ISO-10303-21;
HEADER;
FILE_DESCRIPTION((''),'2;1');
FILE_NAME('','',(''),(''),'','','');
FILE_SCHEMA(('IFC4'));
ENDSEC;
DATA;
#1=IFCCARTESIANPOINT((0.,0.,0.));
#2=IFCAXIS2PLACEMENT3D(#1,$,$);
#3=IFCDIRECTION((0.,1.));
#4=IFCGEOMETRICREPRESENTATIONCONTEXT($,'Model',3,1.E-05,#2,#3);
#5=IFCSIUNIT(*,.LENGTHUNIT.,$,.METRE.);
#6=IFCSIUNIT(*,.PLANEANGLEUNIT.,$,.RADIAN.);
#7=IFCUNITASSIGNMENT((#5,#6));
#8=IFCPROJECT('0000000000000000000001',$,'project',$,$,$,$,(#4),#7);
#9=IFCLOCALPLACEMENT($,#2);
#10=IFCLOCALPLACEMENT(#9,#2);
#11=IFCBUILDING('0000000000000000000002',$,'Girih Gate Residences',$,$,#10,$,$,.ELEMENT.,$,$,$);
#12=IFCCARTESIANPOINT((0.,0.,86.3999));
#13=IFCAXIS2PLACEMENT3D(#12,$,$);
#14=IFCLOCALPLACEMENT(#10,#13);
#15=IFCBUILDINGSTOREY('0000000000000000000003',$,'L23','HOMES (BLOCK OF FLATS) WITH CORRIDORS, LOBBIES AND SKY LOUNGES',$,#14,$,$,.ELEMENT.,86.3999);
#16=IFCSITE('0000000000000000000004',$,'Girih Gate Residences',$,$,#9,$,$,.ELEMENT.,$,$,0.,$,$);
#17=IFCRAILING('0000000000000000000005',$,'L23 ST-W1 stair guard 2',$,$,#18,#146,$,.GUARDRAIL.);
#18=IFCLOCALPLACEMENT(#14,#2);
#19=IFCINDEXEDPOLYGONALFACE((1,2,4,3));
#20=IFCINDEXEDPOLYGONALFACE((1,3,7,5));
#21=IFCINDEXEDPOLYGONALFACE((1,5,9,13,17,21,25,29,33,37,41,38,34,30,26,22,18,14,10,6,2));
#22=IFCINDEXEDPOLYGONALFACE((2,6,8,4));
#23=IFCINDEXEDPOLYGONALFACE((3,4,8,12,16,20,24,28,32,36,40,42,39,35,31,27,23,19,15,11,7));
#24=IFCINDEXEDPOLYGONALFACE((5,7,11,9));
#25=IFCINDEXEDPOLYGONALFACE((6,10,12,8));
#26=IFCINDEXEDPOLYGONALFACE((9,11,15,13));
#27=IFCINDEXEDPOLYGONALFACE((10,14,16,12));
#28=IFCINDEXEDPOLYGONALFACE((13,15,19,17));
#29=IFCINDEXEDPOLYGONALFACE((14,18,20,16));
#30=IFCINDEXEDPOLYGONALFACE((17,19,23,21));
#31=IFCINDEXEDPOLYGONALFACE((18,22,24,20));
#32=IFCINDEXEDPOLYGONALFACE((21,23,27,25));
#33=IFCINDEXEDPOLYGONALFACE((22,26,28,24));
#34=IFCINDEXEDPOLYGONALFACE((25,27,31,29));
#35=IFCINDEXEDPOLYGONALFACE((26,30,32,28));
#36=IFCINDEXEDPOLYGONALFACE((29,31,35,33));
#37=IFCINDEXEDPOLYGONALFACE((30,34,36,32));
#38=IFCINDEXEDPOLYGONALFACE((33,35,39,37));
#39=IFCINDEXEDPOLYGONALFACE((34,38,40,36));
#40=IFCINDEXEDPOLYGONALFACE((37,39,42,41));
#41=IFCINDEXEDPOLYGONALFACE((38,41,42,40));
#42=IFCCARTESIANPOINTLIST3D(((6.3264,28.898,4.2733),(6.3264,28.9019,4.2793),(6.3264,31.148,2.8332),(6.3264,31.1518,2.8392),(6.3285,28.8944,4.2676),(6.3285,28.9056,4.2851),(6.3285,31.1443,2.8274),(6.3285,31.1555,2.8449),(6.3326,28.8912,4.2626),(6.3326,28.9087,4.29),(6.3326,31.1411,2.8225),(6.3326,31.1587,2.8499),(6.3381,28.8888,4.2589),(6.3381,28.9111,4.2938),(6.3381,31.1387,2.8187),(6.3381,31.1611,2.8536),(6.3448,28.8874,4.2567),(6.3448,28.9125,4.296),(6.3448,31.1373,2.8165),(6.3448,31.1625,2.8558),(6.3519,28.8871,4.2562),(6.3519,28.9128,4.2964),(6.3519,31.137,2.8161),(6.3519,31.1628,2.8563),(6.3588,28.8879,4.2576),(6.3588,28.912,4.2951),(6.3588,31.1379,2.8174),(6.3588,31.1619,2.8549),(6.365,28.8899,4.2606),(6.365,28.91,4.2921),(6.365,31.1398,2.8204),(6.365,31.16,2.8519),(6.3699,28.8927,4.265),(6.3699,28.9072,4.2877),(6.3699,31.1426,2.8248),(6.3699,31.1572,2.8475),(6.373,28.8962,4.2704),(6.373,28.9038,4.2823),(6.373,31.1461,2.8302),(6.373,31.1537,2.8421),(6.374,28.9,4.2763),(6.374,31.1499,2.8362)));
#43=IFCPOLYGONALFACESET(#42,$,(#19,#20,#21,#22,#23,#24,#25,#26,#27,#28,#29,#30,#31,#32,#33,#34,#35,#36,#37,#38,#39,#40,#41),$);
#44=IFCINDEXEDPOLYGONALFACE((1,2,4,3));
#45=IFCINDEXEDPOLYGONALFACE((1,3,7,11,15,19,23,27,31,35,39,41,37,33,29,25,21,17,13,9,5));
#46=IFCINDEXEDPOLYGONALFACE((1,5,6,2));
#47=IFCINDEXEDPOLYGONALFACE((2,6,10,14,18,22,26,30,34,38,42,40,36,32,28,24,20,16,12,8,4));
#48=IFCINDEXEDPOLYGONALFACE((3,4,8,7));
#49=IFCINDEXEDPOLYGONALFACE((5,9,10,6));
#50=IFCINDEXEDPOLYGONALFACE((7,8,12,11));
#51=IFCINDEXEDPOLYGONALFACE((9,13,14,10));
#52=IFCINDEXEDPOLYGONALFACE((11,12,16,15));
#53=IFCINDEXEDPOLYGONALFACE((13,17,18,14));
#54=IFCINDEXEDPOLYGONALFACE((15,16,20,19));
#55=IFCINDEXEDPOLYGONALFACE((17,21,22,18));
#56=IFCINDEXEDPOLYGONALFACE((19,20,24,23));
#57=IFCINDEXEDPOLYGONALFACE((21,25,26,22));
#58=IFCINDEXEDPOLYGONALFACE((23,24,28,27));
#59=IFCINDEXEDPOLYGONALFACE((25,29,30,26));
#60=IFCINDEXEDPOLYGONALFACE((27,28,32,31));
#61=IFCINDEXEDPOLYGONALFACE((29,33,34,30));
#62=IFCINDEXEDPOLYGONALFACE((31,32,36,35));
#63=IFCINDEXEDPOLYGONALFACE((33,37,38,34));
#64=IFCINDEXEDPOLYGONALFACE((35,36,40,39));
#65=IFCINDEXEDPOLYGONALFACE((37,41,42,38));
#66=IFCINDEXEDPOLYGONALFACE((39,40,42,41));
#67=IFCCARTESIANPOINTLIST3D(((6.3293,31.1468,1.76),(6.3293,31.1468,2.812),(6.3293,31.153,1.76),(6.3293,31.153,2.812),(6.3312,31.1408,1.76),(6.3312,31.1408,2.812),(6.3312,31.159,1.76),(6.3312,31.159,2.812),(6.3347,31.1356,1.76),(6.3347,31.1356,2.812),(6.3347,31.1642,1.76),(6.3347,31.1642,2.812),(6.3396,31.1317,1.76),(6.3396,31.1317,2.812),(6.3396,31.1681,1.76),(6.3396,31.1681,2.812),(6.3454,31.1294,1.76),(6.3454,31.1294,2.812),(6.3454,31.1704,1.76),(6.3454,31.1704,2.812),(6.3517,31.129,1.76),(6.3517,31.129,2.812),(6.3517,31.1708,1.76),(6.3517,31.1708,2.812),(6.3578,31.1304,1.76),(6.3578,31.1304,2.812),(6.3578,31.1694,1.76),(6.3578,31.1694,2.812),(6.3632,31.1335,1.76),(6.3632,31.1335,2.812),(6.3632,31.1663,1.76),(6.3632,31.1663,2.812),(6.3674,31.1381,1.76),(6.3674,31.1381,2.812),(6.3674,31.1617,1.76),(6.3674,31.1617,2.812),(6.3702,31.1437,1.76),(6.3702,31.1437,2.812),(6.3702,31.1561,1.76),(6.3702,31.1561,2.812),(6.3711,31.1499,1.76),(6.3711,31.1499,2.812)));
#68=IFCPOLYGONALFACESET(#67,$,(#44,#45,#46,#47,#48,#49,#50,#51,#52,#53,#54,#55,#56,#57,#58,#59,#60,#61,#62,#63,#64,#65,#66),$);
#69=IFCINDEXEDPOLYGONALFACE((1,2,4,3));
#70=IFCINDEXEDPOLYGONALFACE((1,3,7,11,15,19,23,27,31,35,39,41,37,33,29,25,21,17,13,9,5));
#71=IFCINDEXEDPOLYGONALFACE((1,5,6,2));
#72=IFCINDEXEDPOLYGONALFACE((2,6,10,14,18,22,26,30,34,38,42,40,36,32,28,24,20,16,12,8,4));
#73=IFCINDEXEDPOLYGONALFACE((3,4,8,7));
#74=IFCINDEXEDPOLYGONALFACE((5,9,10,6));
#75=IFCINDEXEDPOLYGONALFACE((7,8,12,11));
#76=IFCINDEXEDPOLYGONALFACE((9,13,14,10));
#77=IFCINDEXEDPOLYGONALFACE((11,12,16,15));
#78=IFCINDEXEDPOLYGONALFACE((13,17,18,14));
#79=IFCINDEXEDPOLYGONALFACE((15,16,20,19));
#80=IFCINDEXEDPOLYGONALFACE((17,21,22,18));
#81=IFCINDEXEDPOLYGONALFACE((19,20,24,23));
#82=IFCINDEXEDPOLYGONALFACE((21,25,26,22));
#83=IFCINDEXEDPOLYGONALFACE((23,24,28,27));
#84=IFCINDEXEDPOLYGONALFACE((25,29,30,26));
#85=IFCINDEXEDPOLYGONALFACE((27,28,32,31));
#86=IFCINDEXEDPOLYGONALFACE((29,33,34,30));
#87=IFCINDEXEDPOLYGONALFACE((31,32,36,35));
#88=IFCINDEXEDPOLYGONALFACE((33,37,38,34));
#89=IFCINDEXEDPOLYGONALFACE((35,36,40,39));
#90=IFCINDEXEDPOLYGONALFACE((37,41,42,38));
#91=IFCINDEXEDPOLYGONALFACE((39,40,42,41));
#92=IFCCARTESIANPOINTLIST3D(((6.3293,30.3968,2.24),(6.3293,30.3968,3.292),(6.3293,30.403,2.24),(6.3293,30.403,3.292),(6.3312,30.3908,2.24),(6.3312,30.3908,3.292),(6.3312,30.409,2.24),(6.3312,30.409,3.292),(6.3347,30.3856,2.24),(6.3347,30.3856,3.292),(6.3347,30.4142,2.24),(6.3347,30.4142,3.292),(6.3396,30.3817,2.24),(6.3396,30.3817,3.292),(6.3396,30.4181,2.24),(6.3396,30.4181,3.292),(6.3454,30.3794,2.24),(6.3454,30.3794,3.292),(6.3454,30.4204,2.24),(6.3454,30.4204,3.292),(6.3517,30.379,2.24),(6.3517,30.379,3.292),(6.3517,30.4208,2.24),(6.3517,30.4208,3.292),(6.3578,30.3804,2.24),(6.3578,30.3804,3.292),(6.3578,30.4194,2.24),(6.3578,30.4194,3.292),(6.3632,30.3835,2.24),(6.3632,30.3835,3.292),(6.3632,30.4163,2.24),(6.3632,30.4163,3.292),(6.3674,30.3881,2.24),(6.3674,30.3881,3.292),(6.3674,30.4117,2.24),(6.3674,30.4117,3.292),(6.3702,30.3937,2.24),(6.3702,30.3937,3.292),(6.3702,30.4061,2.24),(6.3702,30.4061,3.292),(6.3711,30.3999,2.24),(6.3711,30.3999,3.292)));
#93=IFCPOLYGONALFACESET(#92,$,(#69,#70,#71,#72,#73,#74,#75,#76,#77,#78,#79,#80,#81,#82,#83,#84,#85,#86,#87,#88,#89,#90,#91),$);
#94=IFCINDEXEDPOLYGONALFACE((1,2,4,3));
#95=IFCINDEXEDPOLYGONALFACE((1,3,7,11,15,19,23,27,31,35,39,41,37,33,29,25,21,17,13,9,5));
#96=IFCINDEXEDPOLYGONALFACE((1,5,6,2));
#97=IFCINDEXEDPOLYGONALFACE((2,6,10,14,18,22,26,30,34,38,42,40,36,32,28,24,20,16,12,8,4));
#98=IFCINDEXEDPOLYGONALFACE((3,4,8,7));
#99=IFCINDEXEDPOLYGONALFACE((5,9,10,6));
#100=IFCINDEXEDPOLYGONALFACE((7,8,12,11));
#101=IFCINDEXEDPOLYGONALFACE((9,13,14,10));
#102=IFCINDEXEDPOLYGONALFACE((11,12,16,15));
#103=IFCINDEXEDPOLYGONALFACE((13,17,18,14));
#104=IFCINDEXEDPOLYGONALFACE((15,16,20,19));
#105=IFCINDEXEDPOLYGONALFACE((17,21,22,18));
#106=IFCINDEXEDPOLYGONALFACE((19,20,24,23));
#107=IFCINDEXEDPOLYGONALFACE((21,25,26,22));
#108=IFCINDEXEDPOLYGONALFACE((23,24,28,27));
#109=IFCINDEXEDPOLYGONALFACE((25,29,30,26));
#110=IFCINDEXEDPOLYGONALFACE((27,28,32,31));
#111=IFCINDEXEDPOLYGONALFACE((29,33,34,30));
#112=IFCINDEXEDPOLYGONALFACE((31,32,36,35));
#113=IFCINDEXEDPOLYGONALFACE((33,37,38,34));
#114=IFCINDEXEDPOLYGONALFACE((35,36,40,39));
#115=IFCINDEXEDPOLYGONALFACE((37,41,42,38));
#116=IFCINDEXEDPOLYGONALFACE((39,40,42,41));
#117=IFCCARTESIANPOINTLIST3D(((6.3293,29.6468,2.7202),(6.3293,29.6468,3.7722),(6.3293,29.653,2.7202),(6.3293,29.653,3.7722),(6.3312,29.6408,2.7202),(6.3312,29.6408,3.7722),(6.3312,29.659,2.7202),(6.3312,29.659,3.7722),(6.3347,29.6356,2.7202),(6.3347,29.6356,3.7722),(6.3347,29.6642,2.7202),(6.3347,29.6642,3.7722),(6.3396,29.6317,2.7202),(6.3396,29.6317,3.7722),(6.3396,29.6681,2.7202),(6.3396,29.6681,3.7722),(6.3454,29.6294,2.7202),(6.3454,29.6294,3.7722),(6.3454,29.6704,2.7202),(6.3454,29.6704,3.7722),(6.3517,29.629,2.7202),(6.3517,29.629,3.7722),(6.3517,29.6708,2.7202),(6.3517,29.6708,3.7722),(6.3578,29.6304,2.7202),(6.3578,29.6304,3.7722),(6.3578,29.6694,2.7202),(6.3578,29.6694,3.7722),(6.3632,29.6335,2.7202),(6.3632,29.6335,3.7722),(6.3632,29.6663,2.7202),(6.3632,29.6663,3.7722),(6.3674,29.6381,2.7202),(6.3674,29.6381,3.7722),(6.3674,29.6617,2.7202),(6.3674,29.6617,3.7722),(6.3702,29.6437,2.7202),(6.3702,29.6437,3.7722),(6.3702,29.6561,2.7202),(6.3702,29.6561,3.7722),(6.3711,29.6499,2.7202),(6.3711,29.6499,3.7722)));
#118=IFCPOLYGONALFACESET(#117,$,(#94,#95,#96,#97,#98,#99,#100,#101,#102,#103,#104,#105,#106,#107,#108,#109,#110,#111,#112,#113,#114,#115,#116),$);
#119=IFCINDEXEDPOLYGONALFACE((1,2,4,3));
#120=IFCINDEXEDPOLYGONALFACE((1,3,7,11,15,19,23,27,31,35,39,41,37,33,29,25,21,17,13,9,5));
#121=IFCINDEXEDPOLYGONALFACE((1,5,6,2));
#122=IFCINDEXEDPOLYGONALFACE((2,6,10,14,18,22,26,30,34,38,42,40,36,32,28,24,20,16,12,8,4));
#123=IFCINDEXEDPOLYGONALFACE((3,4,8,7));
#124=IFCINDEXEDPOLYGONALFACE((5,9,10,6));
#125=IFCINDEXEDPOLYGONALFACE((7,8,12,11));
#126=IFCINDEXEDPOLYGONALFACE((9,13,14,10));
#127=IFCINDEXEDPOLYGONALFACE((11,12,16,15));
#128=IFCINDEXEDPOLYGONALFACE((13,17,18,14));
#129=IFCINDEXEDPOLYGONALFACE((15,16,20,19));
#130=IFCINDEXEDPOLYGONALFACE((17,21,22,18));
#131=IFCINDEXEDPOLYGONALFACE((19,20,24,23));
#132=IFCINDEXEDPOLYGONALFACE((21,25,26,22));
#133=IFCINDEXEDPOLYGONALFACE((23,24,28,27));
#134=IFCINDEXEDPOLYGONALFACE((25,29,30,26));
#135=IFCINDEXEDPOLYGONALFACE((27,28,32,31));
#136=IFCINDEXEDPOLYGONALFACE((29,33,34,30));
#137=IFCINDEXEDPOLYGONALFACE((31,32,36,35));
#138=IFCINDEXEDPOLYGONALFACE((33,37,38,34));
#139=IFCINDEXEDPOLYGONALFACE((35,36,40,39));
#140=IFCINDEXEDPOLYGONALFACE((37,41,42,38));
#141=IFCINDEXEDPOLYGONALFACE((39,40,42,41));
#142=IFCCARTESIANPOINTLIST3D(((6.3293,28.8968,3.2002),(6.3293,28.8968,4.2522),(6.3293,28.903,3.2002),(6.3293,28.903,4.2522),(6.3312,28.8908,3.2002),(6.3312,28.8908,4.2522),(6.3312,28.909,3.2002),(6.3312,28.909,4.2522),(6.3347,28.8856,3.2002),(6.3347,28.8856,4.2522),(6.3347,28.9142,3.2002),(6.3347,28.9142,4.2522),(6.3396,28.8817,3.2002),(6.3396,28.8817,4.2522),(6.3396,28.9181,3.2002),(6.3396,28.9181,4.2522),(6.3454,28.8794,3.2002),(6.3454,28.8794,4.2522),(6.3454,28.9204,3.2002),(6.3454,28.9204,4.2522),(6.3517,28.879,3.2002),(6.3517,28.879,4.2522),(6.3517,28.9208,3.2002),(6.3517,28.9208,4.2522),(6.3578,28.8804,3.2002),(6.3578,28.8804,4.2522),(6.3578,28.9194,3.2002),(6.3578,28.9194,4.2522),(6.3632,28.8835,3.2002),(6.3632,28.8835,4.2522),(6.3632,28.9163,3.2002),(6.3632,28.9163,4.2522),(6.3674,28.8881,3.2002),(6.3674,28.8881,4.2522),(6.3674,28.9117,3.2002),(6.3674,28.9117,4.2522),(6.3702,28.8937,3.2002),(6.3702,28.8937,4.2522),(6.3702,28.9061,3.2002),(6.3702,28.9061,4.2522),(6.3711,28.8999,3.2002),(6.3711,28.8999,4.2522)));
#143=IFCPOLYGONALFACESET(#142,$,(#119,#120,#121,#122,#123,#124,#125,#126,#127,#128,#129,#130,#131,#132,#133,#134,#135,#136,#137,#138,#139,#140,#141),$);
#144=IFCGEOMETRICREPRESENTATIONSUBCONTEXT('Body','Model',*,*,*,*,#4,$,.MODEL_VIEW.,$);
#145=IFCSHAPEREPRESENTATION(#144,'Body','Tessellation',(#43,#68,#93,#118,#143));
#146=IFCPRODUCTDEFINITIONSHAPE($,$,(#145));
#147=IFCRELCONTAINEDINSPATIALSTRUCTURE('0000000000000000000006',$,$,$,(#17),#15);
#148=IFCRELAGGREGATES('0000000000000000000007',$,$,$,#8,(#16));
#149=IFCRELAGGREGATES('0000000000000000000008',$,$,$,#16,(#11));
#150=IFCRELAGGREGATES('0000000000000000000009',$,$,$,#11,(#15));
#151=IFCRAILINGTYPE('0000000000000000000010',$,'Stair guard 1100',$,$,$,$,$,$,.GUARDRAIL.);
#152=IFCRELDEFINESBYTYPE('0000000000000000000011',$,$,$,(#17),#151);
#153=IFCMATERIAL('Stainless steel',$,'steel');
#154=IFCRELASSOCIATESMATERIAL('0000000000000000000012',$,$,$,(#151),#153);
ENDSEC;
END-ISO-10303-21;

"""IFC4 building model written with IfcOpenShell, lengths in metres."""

from ifc_helpers import new_model, si_unit, direction, frame, origin, origin_2d, place, context, subcontext, project, spatial, circle, extrude, material, type_object, element, save


model = new_model("IFC4")

# Units and contexts
model_context = context("Model", 3, precision=1e-05, world=origin(), true_north=direction((0.0, 1.0)))
body_context = subcontext(model_context, "Body", "Model", "MODEL_VIEW")
ifc_project = project(units=[si_unit("LENGTHUNIT", "METRE"), si_unit("PLANEANGLEUNIT", "RADIAN")], contexts=[model_context])

# Site, building, storey
site_placement = place(None, origin())
site = spatial("IfcSite", under=ifc_project, at=site_placement, Name="Girih Gate Residences", CompositionType="ELEMENT", RefElevation=0.0)
building_placement = place(site_placement, origin())
building = spatial("IfcBuilding", under=site, at=building_placement, Name="Girih Gate Residences", CompositionType="ELEMENT")
storey_placement = place(building_placement, frame((0.0, 0.0, 86.3999)))
storey = spatial("IfcBuildingStorey", under=building, at=storey_placement, Name="L23", Description="HOMES (BLOCK OF FLATS) WITH CORRIDORS, LOBBIES AND SKY LOUNGES", CompositionType="ELEMENT", Elevation=86.3999)

# Shared definitions
ifc_material_1 = material(Name="Stainless steel", Category="steel")

# Railing
railing_type = type_object("IfcRailingType", Name="Stair guard 1100", PredefinedType="GUARDRAIL", material=ifc_material_1)
railing_placement = place(storey_placement, frame((6.3501, 31.1499, 1.76)))
element("IfcRailing", 1, at=railing_placement, inside=storey, type_object=railing_type, Name="L23 ST-W1 stair guard 2", PredefinedType="GUARDRAIL", context=body_context, shape_type="SweptSolid", body=[
    extrude(circle(Radius=0.0239, at=origin_2d()), frame((0.0, 0.0, 1.0762), z_axis=(0.0, -0.84224, 0.539103), x_axis=(1.0, 0.0, 0.0)), (0.0, 0.0, 1.0), 2.6714),
    extrude(circle(Radius=0.021, at=origin_2d()), origin(), (0.0, 0.0, 1.0), 1.052),
    extrude(circle(Radius=0.021, at=origin_2d()), frame((0.0, -0.75, 0.48)), (0.0, 0.0, 1.0), 1.052),
    extrude(circle(Radius=0.021, at=origin_2d()), frame((0.0, -1.5, 0.9602)), (0.0, 0.0, 1.0), 1.052),
    extrude(circle(Radius=0.021, at=origin_2d()), frame((0.0, -2.25, 1.4402)), (0.0, 0.0, 1.0), 1.052),
])

save(model, "model.ifc")
